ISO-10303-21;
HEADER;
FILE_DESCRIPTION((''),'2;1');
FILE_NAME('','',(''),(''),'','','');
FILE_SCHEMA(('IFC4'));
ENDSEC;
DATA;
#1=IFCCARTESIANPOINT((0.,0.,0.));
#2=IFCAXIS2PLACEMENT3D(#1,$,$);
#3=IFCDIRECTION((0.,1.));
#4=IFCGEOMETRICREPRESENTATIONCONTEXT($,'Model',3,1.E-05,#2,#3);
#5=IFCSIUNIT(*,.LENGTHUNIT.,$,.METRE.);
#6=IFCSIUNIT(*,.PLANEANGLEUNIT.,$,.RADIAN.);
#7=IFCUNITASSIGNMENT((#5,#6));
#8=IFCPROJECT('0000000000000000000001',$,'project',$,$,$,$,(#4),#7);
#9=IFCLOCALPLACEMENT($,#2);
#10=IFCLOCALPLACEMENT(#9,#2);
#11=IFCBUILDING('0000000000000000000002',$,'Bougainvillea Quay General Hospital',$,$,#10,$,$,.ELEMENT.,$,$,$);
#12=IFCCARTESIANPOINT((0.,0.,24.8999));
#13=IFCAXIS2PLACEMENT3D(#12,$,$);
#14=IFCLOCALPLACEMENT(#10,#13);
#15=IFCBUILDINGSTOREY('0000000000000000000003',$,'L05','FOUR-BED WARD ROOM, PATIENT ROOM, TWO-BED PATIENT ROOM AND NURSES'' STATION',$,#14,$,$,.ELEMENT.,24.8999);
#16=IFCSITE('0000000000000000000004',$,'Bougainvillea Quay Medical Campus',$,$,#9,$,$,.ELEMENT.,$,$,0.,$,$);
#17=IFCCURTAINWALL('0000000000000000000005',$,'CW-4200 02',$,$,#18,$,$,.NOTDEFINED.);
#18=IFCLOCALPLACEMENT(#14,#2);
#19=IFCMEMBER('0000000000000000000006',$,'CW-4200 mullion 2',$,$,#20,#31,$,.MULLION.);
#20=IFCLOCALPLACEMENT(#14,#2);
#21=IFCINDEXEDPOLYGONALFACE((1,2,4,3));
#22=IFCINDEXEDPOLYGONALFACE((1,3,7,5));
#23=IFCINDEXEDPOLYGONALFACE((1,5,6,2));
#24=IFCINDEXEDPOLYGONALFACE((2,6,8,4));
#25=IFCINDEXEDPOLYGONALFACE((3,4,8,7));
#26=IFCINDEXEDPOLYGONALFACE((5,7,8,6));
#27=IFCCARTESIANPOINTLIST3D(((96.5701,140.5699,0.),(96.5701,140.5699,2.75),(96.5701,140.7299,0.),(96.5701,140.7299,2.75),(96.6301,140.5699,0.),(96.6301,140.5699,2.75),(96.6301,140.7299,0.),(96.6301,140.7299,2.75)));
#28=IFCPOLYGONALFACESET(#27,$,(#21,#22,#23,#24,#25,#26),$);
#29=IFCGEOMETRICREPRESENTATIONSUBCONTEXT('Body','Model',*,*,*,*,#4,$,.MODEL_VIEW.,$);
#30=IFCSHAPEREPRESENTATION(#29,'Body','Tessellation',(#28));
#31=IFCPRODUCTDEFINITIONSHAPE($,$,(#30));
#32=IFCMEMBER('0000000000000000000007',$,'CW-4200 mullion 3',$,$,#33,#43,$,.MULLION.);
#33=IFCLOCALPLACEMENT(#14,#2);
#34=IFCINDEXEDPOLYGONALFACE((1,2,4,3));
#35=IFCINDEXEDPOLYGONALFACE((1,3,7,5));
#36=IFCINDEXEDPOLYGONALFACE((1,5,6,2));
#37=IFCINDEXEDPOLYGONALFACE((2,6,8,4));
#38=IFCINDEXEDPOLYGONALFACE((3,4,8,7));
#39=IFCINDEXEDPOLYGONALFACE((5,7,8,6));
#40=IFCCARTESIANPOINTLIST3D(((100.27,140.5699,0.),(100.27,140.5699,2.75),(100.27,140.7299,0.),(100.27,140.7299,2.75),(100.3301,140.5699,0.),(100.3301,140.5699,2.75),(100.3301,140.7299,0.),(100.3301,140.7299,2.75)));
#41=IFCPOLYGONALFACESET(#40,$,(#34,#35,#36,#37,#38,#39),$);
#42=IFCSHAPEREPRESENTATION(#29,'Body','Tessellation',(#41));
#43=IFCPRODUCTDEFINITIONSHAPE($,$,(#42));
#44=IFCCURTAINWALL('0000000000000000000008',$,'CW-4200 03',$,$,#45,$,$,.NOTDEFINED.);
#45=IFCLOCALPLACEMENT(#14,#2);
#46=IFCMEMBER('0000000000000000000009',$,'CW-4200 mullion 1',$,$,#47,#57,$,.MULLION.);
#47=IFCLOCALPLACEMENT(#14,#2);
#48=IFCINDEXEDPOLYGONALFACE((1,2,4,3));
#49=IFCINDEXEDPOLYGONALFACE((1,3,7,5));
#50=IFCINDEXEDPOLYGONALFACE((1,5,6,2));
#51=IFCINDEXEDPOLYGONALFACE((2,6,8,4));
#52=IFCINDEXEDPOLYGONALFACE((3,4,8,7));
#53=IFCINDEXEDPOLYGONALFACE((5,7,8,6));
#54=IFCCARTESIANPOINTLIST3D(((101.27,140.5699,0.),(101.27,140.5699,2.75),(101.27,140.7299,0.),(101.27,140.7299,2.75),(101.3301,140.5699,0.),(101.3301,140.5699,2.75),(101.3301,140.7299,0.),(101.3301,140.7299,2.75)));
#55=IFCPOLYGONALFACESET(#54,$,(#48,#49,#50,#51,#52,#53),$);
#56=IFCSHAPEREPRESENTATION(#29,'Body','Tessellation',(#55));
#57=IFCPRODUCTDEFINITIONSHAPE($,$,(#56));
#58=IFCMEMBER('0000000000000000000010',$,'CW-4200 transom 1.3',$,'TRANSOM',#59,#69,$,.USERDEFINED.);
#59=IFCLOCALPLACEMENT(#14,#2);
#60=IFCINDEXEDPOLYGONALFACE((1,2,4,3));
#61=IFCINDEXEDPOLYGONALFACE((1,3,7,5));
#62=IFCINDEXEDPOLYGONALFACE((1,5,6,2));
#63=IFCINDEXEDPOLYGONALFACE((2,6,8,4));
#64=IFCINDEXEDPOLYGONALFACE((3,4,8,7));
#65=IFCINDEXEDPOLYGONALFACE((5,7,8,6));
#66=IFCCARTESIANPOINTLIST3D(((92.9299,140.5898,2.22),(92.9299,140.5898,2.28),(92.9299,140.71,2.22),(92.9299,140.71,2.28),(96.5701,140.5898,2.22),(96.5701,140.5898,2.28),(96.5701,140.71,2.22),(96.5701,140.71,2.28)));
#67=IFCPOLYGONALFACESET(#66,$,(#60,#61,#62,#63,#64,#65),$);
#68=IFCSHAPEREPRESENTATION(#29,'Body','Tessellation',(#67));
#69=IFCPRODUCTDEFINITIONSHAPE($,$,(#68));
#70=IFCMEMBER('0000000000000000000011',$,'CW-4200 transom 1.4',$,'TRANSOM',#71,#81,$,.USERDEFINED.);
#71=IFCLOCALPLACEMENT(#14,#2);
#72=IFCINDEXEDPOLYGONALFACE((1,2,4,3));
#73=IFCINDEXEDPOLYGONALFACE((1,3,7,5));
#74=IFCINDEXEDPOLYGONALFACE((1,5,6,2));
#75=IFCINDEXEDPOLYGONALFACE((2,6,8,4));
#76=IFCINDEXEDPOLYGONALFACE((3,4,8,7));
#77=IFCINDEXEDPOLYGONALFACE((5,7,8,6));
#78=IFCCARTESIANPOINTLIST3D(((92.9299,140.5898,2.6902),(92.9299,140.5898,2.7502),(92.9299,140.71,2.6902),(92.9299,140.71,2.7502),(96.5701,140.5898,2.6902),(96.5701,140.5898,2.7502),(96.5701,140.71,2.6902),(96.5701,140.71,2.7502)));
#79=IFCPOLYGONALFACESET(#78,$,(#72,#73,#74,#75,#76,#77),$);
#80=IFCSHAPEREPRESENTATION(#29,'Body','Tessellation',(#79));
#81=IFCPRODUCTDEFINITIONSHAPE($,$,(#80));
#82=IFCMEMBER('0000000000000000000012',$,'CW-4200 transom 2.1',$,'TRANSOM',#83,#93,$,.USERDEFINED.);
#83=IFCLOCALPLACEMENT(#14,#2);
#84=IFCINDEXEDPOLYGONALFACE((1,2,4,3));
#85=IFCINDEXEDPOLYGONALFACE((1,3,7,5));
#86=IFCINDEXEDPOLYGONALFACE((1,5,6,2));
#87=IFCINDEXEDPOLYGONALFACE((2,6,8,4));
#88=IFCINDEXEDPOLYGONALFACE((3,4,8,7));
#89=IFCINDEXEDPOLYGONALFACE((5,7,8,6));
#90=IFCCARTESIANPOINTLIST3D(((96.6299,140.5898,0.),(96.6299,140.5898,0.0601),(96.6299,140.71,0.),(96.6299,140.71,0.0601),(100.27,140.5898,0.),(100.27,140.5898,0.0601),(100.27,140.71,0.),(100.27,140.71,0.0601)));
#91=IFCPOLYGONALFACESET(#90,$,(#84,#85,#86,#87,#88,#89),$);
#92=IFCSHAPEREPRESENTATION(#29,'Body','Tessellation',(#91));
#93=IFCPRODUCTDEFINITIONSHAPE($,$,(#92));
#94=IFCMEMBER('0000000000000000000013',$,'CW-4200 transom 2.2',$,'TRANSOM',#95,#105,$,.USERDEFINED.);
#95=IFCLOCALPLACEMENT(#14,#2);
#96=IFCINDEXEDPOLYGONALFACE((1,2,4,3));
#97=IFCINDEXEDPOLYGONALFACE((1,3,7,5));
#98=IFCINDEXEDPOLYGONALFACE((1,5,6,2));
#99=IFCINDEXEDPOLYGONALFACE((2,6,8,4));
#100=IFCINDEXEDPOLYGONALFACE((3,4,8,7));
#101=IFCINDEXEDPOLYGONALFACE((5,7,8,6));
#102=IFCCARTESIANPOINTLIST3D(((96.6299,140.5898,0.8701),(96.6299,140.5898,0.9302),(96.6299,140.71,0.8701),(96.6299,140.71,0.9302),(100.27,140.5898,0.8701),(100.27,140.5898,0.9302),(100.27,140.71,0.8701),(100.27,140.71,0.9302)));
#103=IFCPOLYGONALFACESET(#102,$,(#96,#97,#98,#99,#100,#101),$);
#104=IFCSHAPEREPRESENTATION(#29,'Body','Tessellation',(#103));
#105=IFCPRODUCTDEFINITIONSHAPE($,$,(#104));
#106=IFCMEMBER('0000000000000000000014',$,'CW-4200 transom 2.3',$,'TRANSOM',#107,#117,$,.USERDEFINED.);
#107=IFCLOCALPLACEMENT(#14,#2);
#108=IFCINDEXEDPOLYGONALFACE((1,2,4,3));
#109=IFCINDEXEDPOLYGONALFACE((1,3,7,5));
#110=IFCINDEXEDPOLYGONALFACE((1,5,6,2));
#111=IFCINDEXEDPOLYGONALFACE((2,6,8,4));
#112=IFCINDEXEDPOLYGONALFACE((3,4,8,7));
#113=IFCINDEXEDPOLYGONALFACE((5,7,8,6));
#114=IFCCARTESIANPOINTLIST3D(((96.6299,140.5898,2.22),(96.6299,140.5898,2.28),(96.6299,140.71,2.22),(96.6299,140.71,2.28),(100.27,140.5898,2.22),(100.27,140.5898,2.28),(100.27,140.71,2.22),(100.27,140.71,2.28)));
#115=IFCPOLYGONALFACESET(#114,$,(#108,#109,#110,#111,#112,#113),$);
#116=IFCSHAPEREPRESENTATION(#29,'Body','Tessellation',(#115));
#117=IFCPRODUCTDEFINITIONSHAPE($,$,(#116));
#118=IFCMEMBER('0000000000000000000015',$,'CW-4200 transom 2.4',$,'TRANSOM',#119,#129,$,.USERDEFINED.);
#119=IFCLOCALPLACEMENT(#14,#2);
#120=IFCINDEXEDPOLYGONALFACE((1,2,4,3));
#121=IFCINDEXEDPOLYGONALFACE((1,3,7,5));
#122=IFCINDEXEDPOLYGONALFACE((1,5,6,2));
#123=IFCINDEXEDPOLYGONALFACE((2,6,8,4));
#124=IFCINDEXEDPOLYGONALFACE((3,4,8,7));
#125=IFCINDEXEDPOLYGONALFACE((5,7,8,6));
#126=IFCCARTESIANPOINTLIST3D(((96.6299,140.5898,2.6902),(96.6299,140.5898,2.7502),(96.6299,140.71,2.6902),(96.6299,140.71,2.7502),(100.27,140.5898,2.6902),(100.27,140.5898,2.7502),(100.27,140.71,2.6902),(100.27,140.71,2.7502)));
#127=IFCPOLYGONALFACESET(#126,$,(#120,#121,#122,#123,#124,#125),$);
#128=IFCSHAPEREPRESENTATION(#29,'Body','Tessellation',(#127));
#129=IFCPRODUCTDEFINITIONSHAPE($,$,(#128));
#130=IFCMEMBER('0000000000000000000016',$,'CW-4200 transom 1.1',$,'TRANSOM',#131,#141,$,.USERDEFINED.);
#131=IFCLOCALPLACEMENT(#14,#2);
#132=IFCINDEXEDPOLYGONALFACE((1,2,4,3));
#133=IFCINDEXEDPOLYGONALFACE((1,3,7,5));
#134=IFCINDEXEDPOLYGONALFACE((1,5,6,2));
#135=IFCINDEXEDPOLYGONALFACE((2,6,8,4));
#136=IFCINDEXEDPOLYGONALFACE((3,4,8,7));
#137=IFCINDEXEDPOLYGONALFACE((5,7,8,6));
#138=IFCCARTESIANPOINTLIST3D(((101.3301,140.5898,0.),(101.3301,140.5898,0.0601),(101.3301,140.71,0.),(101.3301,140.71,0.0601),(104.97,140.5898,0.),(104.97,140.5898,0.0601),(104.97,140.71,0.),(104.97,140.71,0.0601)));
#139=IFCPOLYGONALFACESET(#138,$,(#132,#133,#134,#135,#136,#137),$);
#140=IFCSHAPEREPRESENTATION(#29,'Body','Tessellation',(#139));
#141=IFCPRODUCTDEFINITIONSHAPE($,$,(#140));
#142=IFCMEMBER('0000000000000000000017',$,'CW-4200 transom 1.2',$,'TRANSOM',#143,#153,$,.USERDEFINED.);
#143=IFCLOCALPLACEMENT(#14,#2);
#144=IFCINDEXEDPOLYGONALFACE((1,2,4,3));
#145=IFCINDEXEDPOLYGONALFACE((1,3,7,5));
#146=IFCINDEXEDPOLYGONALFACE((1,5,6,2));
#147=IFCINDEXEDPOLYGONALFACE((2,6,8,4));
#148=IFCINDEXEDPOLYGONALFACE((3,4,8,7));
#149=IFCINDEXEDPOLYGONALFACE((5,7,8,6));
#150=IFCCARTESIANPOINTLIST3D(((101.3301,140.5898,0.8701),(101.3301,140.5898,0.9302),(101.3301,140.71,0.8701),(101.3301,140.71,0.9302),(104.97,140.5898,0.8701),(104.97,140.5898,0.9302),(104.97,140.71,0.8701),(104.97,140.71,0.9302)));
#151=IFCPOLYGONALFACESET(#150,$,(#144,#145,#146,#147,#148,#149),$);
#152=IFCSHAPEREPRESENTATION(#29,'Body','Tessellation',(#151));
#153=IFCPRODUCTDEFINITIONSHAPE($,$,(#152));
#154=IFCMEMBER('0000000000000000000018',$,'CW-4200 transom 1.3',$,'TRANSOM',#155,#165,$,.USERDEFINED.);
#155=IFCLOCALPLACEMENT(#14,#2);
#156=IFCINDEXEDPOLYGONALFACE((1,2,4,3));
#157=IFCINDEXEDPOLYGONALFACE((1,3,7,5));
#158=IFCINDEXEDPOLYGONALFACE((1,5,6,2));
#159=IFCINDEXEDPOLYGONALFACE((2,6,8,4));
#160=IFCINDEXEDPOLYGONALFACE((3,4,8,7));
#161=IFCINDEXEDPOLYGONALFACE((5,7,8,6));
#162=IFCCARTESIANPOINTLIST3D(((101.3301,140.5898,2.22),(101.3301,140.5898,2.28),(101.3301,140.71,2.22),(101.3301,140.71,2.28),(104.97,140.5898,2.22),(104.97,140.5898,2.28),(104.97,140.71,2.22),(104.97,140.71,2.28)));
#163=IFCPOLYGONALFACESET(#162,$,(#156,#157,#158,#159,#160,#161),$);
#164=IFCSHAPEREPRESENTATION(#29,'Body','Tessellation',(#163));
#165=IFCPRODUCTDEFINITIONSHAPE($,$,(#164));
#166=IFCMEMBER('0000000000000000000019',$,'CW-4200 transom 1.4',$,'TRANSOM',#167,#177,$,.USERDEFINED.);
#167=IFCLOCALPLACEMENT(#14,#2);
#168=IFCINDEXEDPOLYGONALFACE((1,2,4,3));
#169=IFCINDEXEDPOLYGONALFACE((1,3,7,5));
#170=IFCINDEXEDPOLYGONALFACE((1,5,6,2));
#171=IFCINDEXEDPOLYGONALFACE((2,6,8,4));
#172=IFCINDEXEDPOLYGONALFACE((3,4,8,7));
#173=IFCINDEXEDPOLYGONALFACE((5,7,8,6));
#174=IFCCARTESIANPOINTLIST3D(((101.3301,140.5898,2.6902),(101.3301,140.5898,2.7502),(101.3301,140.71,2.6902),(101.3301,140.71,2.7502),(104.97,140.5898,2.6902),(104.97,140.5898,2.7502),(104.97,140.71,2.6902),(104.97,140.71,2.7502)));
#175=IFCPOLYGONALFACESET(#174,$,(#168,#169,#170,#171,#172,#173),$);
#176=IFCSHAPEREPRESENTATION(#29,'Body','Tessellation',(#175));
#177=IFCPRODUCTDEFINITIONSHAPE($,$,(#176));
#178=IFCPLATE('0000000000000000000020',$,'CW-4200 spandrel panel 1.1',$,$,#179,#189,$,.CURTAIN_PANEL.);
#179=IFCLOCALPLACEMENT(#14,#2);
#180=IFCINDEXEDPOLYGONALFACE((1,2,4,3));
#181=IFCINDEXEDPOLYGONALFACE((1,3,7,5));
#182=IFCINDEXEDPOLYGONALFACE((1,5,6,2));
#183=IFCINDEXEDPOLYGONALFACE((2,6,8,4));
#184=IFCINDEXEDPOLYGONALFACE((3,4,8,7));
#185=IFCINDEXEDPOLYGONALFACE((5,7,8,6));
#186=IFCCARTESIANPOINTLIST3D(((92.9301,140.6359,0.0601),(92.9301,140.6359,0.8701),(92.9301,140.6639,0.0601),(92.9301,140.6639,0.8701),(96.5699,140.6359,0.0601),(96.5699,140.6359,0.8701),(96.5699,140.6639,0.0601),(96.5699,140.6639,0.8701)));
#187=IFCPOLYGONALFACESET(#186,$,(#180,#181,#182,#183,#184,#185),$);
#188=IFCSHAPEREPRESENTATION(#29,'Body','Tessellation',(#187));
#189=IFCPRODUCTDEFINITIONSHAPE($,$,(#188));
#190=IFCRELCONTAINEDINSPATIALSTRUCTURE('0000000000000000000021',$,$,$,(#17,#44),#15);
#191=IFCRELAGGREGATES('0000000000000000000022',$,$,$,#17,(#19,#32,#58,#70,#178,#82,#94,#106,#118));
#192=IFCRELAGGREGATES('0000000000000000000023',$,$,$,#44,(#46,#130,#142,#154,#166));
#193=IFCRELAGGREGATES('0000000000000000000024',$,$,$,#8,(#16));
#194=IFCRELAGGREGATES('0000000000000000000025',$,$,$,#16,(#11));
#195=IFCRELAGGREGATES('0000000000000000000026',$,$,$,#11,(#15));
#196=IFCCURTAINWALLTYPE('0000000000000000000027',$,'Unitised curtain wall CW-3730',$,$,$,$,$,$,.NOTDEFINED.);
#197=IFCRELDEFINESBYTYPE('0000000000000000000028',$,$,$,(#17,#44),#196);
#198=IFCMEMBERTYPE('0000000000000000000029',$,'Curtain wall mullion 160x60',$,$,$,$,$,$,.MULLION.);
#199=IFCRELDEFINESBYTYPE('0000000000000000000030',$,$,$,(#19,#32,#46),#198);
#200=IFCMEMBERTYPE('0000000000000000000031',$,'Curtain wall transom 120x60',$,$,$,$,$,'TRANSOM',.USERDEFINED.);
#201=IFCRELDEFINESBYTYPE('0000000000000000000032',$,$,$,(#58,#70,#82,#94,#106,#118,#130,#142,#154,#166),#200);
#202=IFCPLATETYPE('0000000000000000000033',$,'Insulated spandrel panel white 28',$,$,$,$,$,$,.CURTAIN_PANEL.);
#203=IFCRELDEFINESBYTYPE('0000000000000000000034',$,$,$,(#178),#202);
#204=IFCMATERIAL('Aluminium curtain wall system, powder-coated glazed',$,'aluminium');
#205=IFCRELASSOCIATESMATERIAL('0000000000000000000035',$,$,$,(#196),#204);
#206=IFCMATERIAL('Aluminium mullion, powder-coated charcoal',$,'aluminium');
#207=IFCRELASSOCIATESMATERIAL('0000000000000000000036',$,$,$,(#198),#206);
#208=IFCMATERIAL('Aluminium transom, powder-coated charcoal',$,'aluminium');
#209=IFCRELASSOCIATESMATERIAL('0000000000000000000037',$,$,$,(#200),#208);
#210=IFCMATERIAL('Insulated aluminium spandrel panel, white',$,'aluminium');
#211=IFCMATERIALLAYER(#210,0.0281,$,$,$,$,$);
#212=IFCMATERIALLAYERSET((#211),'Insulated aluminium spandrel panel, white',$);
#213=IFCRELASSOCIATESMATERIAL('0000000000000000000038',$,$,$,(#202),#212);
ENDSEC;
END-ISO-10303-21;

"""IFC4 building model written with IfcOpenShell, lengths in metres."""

from ifc_helpers import new_model, si_unit, direction, frame, origin, origin_2d, place, context, subcontext, project, spatial, rectangle, extrude, material, layer, layer_set, material_profile, profile_set, type_object, element, aggregate, save


model = new_model("IFC4")

# Units and contexts
model_context = context("Model", 3, precision=1e-05, world=origin(), true_north=direction((0.0, 1.0)))
body_context = subcontext(model_context, "Body", "Model", "MODEL_VIEW")
ifc_project = project(units=[si_unit("LENGTHUNIT", "METRE"), si_unit("PLANEANGLEUNIT", "RADIAN")], contexts=[model_context])

# Site, building, storey
site_placement = place(None, origin())
site = spatial("IfcSite", under=ifc_project, at=site_placement, Name="Bougainvillea Quay Medical Campus", CompositionType="ELEMENT", RefElevation=0.0)
building_placement = place(site_placement, origin())
building = spatial("IfcBuilding", under=site, at=building_placement, Name="Bougainvillea Quay General Hospital", CompositionType="ELEMENT")
storey_placement = place(building_placement, frame((0.0, 0.0, 24.8999)))
storey = spatial("IfcBuildingStorey", under=building, at=storey_placement, Name="L05", Description="FOUR-BED WARD ROOM, PATIENT ROOM, TWO-BED PATIENT ROOM AND NURSES' STATION", CompositionType="ELEMENT", Elevation=24.8999)

# Curtain wall, members
ifc_material_1 = material(Name="Aluminium curtain wall system, powder-coated glazed", Category="aluminium")
curtain_wall_type = type_object("IfcCurtainWallType", Name="Unitised curtain wall CW-3730", PredefinedType="NOTDEFINED", material=ifc_material_1)
curtain_wall_1_placement = place(storey_placement, origin())
curtain_wall_1 = element("IfcCurtainWall", 1, at=curtain_wall_1_placement, inside=storey, type_object=curtain_wall_type, Name="CW-4200 02", PredefinedType="NOTDEFINED")
ifc_material_2 = material(Name="Aluminium mullion, powder-coated charcoal", Category="aluminium")
ifc_material_profile_1 = material_profile(ifc_material_2, rectangle(XDim=0.1599, YDim=0.0601, at=origin_2d()))
ifc_profile_set_1 = profile_set([ifc_material_profile_1], Name="Aluminium mullion, powder-coated charcoal")
member_type_1 = type_object("IfcMemberType", Name="Curtain wall mullion 160x60", PredefinedType="MULLION", material=ifc_profile_set_1)
member_1_placement = place(storey_placement, frame((96.6001, 140.6499, 0.0), z_axis=(0.0, 0.0, 1.0), x_axis=(0.0, 1.0, 0.0)))
member_1 = element("IfcMember", 2, at=member_1_placement, type_object=member_type_1, Name="CW-4200 mullion 2", PredefinedType="MULLION", context=body_context, shape_type="SweptSolid", body=[
    extrude(rectangle(XDim=0.1599, YDim=0.0601, at=origin_2d()), origin(), (0.0, 0.0, 1.0), 2.75),
])
member_2_placement = place(storey_placement, frame((100.3, 140.6499, 0.0), z_axis=(0.0, 0.0, 1.0), x_axis=(0.0, 1.0, 0.0)))
member_2 = element("IfcMember", 3, at=member_2_placement, type_object=member_type_1, Name="CW-4200 mullion 3", PredefinedType="MULLION", context=body_context, shape_type="SweptSolid", body=[
    extrude(rectangle(XDim=0.1599, YDim=0.0601, at=origin_2d()), origin(), (0.0, 0.0, 1.0), 2.75),
])

# Curtain wall, member
curtain_wall_2_placement = place(storey_placement, origin())
curtain_wall_2 = element("IfcCurtainWall", 4, at=curtain_wall_2_placement, inside=storey, type_object=curtain_wall_type, Name="CW-4200 03", PredefinedType="NOTDEFINED")
member_3_placement = place(storey_placement, frame((101.3, 140.6499, 0.0), z_axis=(0.0, 0.0, 1.0), x_axis=(0.0, 1.0, 0.0)))
member_3 = element("IfcMember", 5, at=member_3_placement, type_object=member_type_1, Name="CW-4200 mullion 1", PredefinedType="MULLION", context=body_context, shape_type="SweptSolid", body=[
    extrude(rectangle(XDim=0.1599, YDim=0.0601, at=origin_2d()), origin(), (0.0, 0.0, 1.0), 2.75),
])

# Members
ifc_material_3 = material(Name="Aluminium transom, powder-coated charcoal", Category="aluminium")
ifc_material_profile_2 = material_profile(ifc_material_3, rectangle(XDim=0.1201, YDim=0.0601, at=origin_2d()))
ifc_profile_set_2 = profile_set([ifc_material_profile_2], Name="Aluminium transom, powder-coated charcoal")
member_type_2 = type_object("IfcMemberType", Name="Curtain wall transom 120x60", ElementType="TRANSOM", PredefinedType="USERDEFINED", material=ifc_profile_set_2)
member_4_placement = place(storey_placement, frame((92.9299, 140.6499, 2.25), z_axis=(1.0, 0.0, 0.0), x_axis=(0.0, 1.0, 0.0)))
member_4 = element("IfcMember", 6, at=member_4_placement, type_object=member_type_2, Name="CW-4200 transom 1.3", ObjectType="TRANSOM", PredefinedType="USERDEFINED", context=body_context, shape_type="SweptSolid", body=[
    extrude(rectangle(XDim=0.1201, YDim=0.0601, at=origin_2d()), origin(), (0.0, 0.0, 1.0), 3.6401),
])
member_5_placement = place(storey_placement, frame((92.9299, 140.6499, 2.7202), z_axis=(1.0, 0.0, 0.0), x_axis=(0.0, 1.0, 0.0)))
member_5 = element("IfcMember", 7, at=member_5_placement, type_object=member_type_2, Name="CW-4200 transom 1.4", ObjectType="TRANSOM", PredefinedType="USERDEFINED", context=body_context, shape_type="SweptSolid", body=[
    extrude(rectangle(XDim=0.1201, YDim=0.0601, at=origin_2d()), origin(), (0.0, 0.0, 1.0), 3.6401),
])
member_6_placement = place(storey_placement, frame((96.6299, 140.6499, 0.03), z_axis=(1.0, 0.0, 0.0), x_axis=(0.0, 1.0, 0.0)))
member_6 = element("IfcMember", 8, at=member_6_placement, type_object=member_type_2, Name="CW-4200 transom 2.1", ObjectType="TRANSOM", PredefinedType="USERDEFINED", context=body_context, shape_type="SweptSolid", body=[
    extrude(rectangle(XDim=0.1201, YDim=0.0601, at=origin_2d()), origin(), (0.0, 0.0, 1.0), 3.6401),
])
member_7_placement = place(storey_placement, frame((96.6299, 140.6499, 0.9001), z_axis=(1.0, 0.0, 0.0), x_axis=(0.0, 1.0, 0.0)))
member_7 = element("IfcMember", 9, at=member_7_placement, type_object=member_type_2, Name="CW-4200 transom 2.2", ObjectType="TRANSOM", PredefinedType="USERDEFINED", context=body_context, shape_type="SweptSolid", body=[
    extrude(rectangle(XDim=0.1201, YDim=0.0601, at=origin_2d()), origin(), (0.0, 0.0, 1.0), 3.6401),
])
member_8_placement = place(storey_placement, frame((96.6299, 140.6499, 2.25), z_axis=(1.0, 0.0, 0.0), x_axis=(0.0, 1.0, 0.0)))
member_8 = element("IfcMember", 10, at=member_8_placement, type_object=member_type_2, Name="CW-4200 transom 2.3", ObjectType="TRANSOM", PredefinedType="USERDEFINED", context=body_context, shape_type="SweptSolid", body=[
    extrude(rectangle(XDim=0.1201, YDim=0.0601, at=origin_2d()), origin(), (0.0, 0.0, 1.0), 3.6401),
])
member_9_placement = place(storey_placement, frame((96.6299, 140.6499, 2.7202), z_axis=(1.0, 0.0, 0.0), x_axis=(0.0, 1.0, 0.0)))
member_9 = element("IfcMember", 11, at=member_9_placement, type_object=member_type_2, Name="CW-4200 transom 2.4", ObjectType="TRANSOM", PredefinedType="USERDEFINED", context=body_context, shape_type="SweptSolid", body=[
    extrude(rectangle(XDim=0.1201, YDim=0.0601, at=origin_2d()), origin(), (0.0, 0.0, 1.0), 3.6401),
])
member_10_placement = place(storey_placement, frame((101.3301, 140.6499, 0.03), z_axis=(1.0, 0.0, 0.0), x_axis=(0.0, 1.0, 0.0)))
member_10 = element("IfcMember", 12, at=member_10_placement, type_object=member_type_2, Name="CW-4200 transom 1.1", ObjectType="TRANSOM", PredefinedType="USERDEFINED", context=body_context, shape_type="SweptSolid", body=[
    extrude(rectangle(XDim=0.1201, YDim=0.0601, at=origin_2d()), origin(), (0.0, 0.0, 1.0), 3.6399),
])
member_11_placement = place(storey_placement, frame((101.3301, 140.6499, 0.9001), z_axis=(1.0, 0.0, 0.0), x_axis=(0.0, 1.0, 0.0)))
member_11 = element("IfcMember", 13, at=member_11_placement, type_object=member_type_2, Name="CW-4200 transom 1.2", ObjectType="TRANSOM", PredefinedType="USERDEFINED", context=body_context, shape_type="SweptSolid", body=[
    extrude(rectangle(XDim=0.1201, YDim=0.0601, at=origin_2d()), origin(), (0.0, 0.0, 1.0), 3.6399),
])
member_12_placement = place(storey_placement, frame((101.3301, 140.6499, 2.25), z_axis=(1.0, 0.0, 0.0), x_axis=(0.0, 1.0, 0.0)))
member_12 = element("IfcMember", 14, at=member_12_placement, type_object=member_type_2, Name="CW-4200 transom 1.3", ObjectType="TRANSOM", PredefinedType="USERDEFINED", context=body_context, shape_type="SweptSolid", body=[
    extrude(rectangle(XDim=0.1201, YDim=0.0601, at=origin_2d()), origin(), (0.0, 0.0, 1.0), 3.6399),
])
member_13_placement = place(storey_placement, frame((101.3301, 140.6499, 2.7202), z_axis=(1.0, 0.0, 0.0), x_axis=(0.0, 1.0, 0.0)))
member_13 = element("IfcMember", 15, at=member_13_placement, type_object=member_type_2, Name="CW-4200 transom 1.4", ObjectType="TRANSOM", PredefinedType="USERDEFINED", context=body_context, shape_type="SweptSolid", body=[
    extrude(rectangle(XDim=0.1201, YDim=0.0601, at=origin_2d()), origin(), (0.0, 0.0, 1.0), 3.6399),
])

# Plate
ifc_material_4 = material(Name="Insulated aluminium spandrel panel, white", Category="aluminium")
ifc_layer_1 = layer(ifc_material_4, 0.0281)
ifc_layer_set_1 = layer_set([ifc_layer_1], Name="Insulated aluminium spandrel panel, white")
plate_type_1 = type_object("IfcPlateType", Name="Insulated spandrel panel white 28", PredefinedType="CURTAIN_PANEL", material=ifc_layer_set_1)
plate_1_placement = place(storey_placement, frame((94.75, 140.6499, 0.0601), z_axis=(0.0, 0.0, 1.0), x_axis=(1.0, 0.0, 0.0)))
plate_1 = element("IfcPlate", 16, at=plate_1_placement, type_object=plate_type_1, Name="CW-4200 spandrel panel 1.1", PredefinedType="CURTAIN_PANEL", context=body_context, shape_type="SweptSolid", body=[
    extrude(rectangle(XDim=3.6399, YDim=0.0281, at=origin_2d()), origin(), (0.0, 0.0, 1.0), 0.8101),
])
aggregate(curtain_wall_1, [member_1, member_2, member_4, member_5, plate_1, member_6, member_7, member_8, member_9])
aggregate(curtain_wall_2, [member_3, member_10, member_11, member_12, member_13])

save(model, "model.ifc")
